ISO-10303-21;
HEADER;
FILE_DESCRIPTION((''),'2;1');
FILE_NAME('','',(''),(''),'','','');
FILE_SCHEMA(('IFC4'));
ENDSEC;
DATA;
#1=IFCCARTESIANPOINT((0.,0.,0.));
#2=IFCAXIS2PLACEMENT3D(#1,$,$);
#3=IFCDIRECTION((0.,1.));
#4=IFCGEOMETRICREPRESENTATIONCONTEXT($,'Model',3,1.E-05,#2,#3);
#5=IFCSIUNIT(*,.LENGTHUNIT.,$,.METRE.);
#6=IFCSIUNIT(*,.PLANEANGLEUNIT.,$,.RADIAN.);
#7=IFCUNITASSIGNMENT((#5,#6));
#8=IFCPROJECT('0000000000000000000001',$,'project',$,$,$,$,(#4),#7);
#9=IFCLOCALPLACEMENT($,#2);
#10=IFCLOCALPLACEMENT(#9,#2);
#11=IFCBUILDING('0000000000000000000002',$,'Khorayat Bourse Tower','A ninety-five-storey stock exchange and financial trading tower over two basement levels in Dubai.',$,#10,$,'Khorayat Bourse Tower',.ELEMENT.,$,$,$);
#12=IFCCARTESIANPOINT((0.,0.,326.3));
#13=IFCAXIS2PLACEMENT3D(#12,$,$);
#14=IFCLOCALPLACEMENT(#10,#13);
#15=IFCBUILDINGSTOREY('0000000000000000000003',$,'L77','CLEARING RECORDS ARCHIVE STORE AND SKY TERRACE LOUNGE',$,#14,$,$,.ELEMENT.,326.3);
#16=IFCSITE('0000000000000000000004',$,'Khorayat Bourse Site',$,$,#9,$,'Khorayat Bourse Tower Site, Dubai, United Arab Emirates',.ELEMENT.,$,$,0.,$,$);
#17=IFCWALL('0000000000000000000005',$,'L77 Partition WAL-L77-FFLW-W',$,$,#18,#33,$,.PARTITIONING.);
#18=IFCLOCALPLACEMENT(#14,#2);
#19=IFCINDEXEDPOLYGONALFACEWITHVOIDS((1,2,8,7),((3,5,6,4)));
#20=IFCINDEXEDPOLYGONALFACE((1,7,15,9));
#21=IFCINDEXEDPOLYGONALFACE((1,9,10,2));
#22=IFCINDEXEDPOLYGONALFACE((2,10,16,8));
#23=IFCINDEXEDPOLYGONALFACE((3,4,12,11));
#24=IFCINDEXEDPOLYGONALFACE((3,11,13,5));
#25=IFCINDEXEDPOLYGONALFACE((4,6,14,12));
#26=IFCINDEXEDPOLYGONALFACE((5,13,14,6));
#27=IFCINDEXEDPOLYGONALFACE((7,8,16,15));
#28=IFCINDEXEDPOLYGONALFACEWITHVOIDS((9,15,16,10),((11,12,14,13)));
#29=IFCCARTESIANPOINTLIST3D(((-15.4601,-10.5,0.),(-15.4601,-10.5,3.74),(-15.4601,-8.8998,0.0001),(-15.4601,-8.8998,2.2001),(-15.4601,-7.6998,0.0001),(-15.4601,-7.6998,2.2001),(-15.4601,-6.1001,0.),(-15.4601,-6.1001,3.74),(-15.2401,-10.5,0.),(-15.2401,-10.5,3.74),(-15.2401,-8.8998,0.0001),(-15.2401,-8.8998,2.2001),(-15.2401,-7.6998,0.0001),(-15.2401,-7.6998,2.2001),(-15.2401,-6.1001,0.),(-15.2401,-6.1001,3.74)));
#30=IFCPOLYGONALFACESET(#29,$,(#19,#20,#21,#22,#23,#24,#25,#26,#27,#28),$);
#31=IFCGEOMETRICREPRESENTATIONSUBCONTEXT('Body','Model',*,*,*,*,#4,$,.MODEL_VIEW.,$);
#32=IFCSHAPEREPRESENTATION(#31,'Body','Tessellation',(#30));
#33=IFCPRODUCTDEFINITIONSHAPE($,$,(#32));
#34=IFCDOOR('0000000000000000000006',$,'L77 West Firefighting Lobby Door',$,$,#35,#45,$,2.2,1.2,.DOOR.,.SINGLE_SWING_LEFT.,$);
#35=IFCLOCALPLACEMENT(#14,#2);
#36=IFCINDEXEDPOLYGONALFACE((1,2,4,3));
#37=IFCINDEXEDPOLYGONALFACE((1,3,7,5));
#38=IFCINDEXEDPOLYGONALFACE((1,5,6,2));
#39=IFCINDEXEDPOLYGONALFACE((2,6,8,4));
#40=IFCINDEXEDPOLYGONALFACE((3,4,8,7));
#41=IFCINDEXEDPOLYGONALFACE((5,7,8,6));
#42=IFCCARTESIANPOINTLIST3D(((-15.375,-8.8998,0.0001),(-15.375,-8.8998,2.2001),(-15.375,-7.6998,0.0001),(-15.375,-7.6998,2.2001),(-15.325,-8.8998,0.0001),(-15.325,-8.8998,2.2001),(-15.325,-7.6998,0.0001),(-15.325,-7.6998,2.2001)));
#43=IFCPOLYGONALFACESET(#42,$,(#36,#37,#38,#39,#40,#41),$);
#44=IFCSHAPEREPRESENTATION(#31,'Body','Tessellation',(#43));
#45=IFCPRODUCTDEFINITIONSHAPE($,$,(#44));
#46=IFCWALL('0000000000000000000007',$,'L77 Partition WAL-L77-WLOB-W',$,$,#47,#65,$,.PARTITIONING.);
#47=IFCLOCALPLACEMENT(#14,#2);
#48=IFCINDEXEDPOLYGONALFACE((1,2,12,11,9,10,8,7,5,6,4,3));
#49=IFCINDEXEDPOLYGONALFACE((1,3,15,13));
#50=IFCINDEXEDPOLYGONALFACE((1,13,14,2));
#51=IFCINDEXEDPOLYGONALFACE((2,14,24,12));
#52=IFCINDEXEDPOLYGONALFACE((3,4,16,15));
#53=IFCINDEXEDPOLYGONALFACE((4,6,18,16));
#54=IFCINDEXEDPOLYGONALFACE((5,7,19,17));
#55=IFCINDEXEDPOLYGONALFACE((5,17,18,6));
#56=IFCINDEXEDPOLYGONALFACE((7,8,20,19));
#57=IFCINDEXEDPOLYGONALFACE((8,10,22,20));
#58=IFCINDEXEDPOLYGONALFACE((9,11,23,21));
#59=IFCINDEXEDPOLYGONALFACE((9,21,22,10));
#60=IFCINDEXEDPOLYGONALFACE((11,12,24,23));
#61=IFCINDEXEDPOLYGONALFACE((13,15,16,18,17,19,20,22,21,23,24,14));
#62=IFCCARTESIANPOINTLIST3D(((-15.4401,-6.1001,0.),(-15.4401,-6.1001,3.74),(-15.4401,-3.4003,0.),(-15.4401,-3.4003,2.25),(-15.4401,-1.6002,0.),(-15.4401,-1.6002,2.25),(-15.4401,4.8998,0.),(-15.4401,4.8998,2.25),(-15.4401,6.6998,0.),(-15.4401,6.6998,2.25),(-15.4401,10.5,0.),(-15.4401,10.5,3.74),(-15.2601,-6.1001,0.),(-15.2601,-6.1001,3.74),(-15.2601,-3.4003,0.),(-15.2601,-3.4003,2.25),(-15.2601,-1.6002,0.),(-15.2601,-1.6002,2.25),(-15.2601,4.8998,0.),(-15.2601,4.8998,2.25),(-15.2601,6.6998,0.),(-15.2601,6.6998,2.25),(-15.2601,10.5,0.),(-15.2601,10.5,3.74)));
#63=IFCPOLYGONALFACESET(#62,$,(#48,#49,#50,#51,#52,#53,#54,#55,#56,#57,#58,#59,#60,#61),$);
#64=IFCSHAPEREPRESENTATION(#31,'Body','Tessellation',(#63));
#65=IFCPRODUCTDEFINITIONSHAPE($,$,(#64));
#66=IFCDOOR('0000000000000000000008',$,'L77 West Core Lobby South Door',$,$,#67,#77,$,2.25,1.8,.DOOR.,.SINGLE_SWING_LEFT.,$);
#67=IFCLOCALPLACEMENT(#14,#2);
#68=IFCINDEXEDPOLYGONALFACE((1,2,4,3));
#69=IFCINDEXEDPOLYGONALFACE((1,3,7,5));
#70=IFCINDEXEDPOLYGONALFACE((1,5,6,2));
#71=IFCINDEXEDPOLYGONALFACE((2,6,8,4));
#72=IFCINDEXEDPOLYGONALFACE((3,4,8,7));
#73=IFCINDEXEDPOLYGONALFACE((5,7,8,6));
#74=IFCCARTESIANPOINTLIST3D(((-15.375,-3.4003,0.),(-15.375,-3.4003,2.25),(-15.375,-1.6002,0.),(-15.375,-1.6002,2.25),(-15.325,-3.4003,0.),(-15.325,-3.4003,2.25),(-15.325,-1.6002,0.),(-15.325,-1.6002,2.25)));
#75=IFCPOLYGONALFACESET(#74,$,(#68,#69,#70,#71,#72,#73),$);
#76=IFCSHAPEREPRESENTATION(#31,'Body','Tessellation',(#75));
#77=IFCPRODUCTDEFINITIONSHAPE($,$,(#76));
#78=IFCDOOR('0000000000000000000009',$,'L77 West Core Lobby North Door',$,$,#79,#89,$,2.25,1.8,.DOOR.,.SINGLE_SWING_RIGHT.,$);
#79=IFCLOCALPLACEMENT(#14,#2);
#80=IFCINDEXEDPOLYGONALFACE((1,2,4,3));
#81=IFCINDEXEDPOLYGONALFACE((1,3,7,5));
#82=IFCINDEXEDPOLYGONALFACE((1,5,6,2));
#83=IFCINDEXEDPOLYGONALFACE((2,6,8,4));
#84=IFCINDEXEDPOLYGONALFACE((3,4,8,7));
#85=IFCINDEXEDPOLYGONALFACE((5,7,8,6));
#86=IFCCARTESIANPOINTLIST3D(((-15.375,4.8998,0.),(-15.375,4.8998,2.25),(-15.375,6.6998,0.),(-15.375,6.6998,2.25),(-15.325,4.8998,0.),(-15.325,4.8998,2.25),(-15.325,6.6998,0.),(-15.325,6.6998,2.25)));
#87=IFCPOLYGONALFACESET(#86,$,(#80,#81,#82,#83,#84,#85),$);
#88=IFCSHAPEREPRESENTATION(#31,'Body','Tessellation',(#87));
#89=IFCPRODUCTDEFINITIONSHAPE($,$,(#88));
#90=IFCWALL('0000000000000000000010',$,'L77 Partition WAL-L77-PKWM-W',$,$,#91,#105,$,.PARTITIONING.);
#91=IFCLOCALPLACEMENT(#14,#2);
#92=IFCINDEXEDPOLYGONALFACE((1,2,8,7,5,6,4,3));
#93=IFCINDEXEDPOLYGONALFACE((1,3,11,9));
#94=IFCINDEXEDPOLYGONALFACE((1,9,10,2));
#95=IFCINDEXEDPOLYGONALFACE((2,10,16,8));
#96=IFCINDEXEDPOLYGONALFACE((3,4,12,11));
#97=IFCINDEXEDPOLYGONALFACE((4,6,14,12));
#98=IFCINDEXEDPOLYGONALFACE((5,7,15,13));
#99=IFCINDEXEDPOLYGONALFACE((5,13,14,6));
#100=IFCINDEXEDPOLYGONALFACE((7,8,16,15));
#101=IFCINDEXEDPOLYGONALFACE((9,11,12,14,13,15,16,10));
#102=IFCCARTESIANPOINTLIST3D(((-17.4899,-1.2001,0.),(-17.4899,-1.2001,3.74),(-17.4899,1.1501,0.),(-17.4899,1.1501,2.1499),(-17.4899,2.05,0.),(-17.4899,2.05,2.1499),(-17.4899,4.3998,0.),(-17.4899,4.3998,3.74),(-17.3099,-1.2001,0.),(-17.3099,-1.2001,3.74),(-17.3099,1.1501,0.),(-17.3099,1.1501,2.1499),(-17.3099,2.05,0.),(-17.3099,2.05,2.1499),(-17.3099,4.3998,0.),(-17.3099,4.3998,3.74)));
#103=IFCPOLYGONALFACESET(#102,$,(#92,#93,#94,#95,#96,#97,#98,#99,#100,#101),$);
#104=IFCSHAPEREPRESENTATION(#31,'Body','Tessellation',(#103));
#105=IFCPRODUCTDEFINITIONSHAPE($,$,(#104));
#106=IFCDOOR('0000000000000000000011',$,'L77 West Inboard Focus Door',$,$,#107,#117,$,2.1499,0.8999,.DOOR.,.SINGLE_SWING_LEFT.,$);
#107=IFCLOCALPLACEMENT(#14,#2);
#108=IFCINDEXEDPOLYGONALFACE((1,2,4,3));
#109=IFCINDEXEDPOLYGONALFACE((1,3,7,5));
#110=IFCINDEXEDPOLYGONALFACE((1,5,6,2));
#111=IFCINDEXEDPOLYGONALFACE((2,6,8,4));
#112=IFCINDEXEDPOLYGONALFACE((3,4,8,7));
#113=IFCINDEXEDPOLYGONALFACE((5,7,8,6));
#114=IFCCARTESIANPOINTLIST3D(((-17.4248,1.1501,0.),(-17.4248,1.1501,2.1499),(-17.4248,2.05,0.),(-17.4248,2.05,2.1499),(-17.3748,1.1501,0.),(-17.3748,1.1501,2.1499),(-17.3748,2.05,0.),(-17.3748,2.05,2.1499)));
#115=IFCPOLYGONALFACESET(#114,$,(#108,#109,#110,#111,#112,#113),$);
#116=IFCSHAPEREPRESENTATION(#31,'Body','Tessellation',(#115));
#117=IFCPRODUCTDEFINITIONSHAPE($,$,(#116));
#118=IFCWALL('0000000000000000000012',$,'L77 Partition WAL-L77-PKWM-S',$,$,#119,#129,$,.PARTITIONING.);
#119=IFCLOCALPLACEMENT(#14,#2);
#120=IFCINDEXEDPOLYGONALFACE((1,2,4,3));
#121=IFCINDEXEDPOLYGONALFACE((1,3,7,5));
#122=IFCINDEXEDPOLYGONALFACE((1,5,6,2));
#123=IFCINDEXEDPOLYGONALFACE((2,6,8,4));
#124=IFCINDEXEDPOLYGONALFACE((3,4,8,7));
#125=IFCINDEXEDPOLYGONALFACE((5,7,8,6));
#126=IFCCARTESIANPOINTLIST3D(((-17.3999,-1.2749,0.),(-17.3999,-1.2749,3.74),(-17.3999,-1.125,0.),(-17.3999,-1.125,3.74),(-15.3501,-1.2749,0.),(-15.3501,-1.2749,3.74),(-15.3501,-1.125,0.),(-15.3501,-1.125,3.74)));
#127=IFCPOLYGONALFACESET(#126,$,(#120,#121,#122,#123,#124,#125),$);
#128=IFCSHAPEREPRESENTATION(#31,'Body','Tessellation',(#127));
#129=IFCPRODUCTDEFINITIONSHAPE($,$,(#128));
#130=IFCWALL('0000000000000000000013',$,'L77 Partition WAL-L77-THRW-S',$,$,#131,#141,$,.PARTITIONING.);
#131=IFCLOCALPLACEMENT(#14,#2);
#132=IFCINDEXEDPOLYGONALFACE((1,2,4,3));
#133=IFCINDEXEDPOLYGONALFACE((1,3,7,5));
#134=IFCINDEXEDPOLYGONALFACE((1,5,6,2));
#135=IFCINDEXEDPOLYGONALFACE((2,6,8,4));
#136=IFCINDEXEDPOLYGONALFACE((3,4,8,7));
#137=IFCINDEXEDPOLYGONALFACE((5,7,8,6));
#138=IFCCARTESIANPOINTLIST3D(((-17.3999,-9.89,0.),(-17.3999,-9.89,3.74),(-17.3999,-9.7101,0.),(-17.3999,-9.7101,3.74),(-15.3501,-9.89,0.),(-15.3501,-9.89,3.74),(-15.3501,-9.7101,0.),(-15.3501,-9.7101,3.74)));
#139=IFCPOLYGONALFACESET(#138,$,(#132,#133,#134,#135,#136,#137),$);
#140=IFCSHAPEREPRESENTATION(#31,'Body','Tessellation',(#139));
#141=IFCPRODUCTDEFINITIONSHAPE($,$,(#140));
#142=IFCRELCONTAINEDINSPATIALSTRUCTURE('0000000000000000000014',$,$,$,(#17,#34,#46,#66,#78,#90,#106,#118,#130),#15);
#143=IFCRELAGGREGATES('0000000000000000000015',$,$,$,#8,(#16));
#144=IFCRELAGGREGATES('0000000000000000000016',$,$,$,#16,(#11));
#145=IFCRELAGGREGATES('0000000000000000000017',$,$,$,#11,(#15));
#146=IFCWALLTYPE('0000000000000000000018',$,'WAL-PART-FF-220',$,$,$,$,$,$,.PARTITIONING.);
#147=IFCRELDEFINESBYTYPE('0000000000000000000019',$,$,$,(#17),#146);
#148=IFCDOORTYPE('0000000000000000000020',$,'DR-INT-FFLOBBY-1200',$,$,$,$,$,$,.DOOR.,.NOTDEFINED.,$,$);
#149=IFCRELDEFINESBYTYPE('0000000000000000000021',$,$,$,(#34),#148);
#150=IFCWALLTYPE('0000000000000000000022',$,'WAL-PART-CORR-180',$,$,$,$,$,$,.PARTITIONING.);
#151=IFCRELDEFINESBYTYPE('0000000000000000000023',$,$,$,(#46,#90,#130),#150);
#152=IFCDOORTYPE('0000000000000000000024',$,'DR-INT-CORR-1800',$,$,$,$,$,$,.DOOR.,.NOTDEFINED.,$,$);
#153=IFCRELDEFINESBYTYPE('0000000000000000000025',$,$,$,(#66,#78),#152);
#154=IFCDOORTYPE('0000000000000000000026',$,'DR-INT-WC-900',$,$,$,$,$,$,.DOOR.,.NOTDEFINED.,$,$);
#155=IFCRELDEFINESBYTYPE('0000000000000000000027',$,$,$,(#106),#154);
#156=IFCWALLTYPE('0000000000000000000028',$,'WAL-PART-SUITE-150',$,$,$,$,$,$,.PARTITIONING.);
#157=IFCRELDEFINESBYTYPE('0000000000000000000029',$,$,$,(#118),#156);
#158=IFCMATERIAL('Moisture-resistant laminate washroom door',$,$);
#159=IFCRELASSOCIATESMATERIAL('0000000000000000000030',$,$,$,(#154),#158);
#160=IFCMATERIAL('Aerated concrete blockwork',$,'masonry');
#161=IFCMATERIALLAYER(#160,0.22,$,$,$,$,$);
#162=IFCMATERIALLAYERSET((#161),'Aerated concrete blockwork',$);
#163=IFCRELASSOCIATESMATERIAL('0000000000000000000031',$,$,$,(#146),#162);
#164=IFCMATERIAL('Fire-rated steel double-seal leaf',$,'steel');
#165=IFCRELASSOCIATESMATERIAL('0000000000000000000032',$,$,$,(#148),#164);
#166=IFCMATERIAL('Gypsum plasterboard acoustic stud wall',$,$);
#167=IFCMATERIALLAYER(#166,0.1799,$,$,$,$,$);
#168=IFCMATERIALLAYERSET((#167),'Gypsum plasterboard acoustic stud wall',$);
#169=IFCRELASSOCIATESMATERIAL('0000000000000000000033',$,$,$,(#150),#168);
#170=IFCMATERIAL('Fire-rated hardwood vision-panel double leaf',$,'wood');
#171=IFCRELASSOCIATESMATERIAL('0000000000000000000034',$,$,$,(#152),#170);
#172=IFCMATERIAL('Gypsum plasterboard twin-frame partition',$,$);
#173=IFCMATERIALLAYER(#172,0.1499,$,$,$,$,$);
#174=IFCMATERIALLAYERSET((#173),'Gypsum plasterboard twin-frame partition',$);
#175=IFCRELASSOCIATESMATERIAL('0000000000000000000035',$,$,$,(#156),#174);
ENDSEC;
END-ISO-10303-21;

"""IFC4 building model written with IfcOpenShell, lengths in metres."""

from ifc_helpers import new_model, si_unit, direction, frame, frame_2d, origin, place, context, subcontext, project, spatial, rectangle, extrude, source, transform, mapped, material, layer, layer_set, type_object, element, fill, save


model = new_model("IFC4")

# Units and contexts
model_context = context("Model", 3, precision=1e-05, world=origin(), true_north=direction((0.0, 1.0)))
body_context = subcontext(model_context, "Body", "Model", "MODEL_VIEW")
ifc_project = project(units=[si_unit("LENGTHUNIT", "METRE"), si_unit("PLANEANGLEUNIT", "RADIAN")], contexts=[model_context])

# Site, building, storey
site_placement = place(None, origin())
site = spatial("IfcSite", under=ifc_project, at=site_placement, Name="Khorayat Bourse Site", LongName="Khorayat Bourse Tower Site, Dubai, United Arab Emirates", CompositionType="ELEMENT", RefElevation=0.0)
building_placement = place(site_placement, origin())
building = spatial("IfcBuilding", under=site, at=building_placement, Name="Khorayat Bourse Tower", Description="A ninety-five-storey stock exchange and financial trading tower over two basement levels in Dubai.", LongName="Khorayat Bourse Tower", CompositionType="ELEMENT")
storey_placement = place(building_placement, frame((0.0, 0.0, 326.3)))
storey = spatial("IfcBuildingStorey", under=building, at=storey_placement, Name="L77", Description="CLEARING RECORDS ARCHIVE STORE AND SKY TERRACE LOUNGE", CompositionType="ELEMENT", Elevation=326.3)

# Shared definitions
ifc_material_1 = material(Name="Moisture-resistant laminate washroom door")
door_type_1 = type_object("IfcDoorType", Name="DR-INT-WC-900", OperationType="NOTDEFINED", PredefinedType="DOOR", material=ifc_material_1)
shared_shape_1 = source(origin(), body_context, "Body", "SweptSolid", [
    extrude(rectangle(XDim=0.8999, YDim=2.1499, at=frame_2d((0.45, 1.075))), frame((0.0, 0.0249, 0.0), z_axis=(0.0, -1.0, 0.0), x_axis=(1.0, 0.0, 0.0)), (0.0, 0.0, 1.0), 0.05),
])

# Shared definitions
ifc_material_2 = material(Name="Aerated concrete blockwork", Category="masonry")
ifc_layer_1 = layer(ifc_material_2, 0.22)
ifc_layer_set_1 = layer_set([ifc_layer_1], Name="Aerated concrete blockwork")
wall_type_1 = type_object("IfcWallType", Name="WAL-PART-FF-220", PredefinedType="PARTITIONING", material=ifc_layer_set_1)

# Wall, opening, door
shared_shape_2 = source(origin(), body_context, "Body", "SweptSolid", [
    extrude(rectangle(XDim=4.3999, YDim=0.22, at=frame_2d((2.2, 0.0))), origin(), (0.0, 0.0, 1.0), 3.74),
])
wall_1_placement = place(storey_placement, frame((-15.3501, -10.5, 0.0), z_axis=(0.0, 0.0, 1.0), x_axis=(0.0, 1.0, 0.0)))
wall_1 = element("IfcWall", 1, at=wall_1_placement, inside=storey, type_object=wall_type_1, Name="L77 Partition WAL-L77-FFLW-W", PredefinedType="PARTITIONING", context=body_context, shape_type="MappedRepresentation", body=[
    mapped(shared_shape_2, transform((0.0, 0.0, 0.0), scale=1.0)),
])
shared_shape_3 = source(origin(), body_context, "Body", "SweptSolid", [
    extrude(rectangle(XDim=1.2, YDim=2.2, at=frame_2d((0.6001, 1.1001))), frame((0.0, 0.1199, 0.0), z_axis=(0.0, -1.0, 0.0), x_axis=(1.0, 0.0, 0.0)), (0.0, 0.0, 1.0), 0.24),
])
opening_1_placement = place(wall_1_placement, frame((1.6001, 0.0, 0.0)))
opening_1 = element("IfcOpeningElement", 2, at=opening_1_placement, cuts=wall_1, PredefinedType="OPENING", context=body_context, shape_type="MappedRepresentation", body=[
    mapped(shared_shape_3, transform((0.0, 0.0, 0.0), scale=1.0)),
])
ifc_material_3 = material(Name="Fire-rated steel double-seal leaf", Category="steel")
door_type_2 = type_object("IfcDoorType", Name="DR-INT-FFLOBBY-1200", OperationType="NOTDEFINED", PredefinedType="DOOR", material=ifc_material_3)
shared_shape_4 = source(origin(), body_context, "Body", "SweptSolid", [
    extrude(rectangle(XDim=1.2, YDim=2.2, at=frame_2d((0.6001, 1.1001))), frame((0.0, 0.0249, 0.0), z_axis=(0.0, -1.0, 0.0), x_axis=(1.0, 0.0, 0.0)), (0.0, 0.0, 1.0), 0.05),
])
door_1_placement = place(opening_1_placement, origin())
door_1 = element("IfcDoor", 3, at=door_1_placement, inside=storey, type_object=door_type_2, Name="L77 West Firefighting Lobby Door", OperationType="SINGLE_SWING_LEFT", OverallHeight=2.2, OverallWidth=1.2, PredefinedType="DOOR", context=body_context, shape_type="MappedRepresentation", body=[
    mapped(shared_shape_4, transform((0.0, 0.0, 0.0), scale=1.0)),
])
fill(opening_1, door_1)

# Wall, openings, doors
ifc_material_4 = material(Name="Gypsum plasterboard acoustic stud wall")
ifc_layer_2 = layer(ifc_material_4, 0.1799)
ifc_layer_set_2 = layer_set([ifc_layer_2], Name="Gypsum plasterboard acoustic stud wall")
wall_type_2 = type_object("IfcWallType", Name="WAL-PART-CORR-180", PredefinedType="PARTITIONING", material=ifc_layer_set_2)
shared_shape_5 = source(origin(), body_context, "Body", "SweptSolid", [
    extrude(rectangle(XDim=16.6001, YDim=0.1799, at=frame_2d((8.3, 0.0))), origin(), (0.0, 0.0, 1.0), 3.74),
])
wall_2_placement = place(storey_placement, frame((-15.3501, -6.1001, 0.0), z_axis=(0.0, 0.0, 1.0), x_axis=(0.0, 1.0, 0.0)))
wall_2 = element("IfcWall", 4, at=wall_2_placement, inside=storey, type_object=wall_type_2, Name="L77 Partition WAL-L77-WLOB-W", PredefinedType="PARTITIONING", context=body_context, shape_type="MappedRepresentation", body=[
    mapped(shared_shape_5, transform((0.0, 0.0, 0.0), scale=1.0)),
])
shared_shape_6 = source(origin(), body_context, "Body", "SweptSolid", [
    extrude(rectangle(XDim=1.8, YDim=2.25, at=frame_2d((0.8999, 1.125))), frame((0.0, 0.0999, 0.0), z_axis=(0.0, -1.0, 0.0), x_axis=(1.0, 0.0, 0.0)), (0.0, 0.0, 1.0), 0.2),
])
opening_2_placement = place(wall_2_placement, frame((2.7, 0.0, 0.0)))
opening_2 = element("IfcOpeningElement", 5, at=opening_2_placement, cuts=wall_2, PredefinedType="OPENING", context=body_context, shape_type="MappedRepresentation", body=[
    mapped(shared_shape_6, transform((0.0, 0.0, 0.0), scale=1.0)),
])
opening_3_placement = place(wall_2_placement, frame((11.0, 0.0, 0.0)))
opening_3 = element("IfcOpeningElement", 6, at=opening_3_placement, cuts=wall_2, PredefinedType="OPENING", context=body_context, shape_type="MappedRepresentation", body=[
    mapped(shared_shape_6, transform((0.0, 0.0, 0.0), scale=1.0)),
])
ifc_material_5 = material(Name="Fire-rated hardwood vision-panel double leaf", Category="wood")
door_type_3 = type_object("IfcDoorType", Name="DR-INT-CORR-1800", OperationType="NOTDEFINED", PredefinedType="DOOR", material=ifc_material_5)
shared_shape_7 = source(origin(), body_context, "Body", "SweptSolid", [
    extrude(rectangle(XDim=1.8, YDim=2.25, at=frame_2d((0.8999, 1.125))), frame((0.0, 0.0249, 0.0), z_axis=(0.0, -1.0, 0.0), x_axis=(1.0, 0.0, 0.0)), (0.0, 0.0, 1.0), 0.05),
])
door_2_placement = place(opening_2_placement, origin())
door_2 = element("IfcDoor", 7, at=door_2_placement, inside=storey, type_object=door_type_3, Name="L77 West Core Lobby South Door", OperationType="SINGLE_SWING_LEFT", OverallHeight=2.25, OverallWidth=1.8, PredefinedType="DOOR", context=body_context, shape_type="MappedRepresentation", body=[
    mapped(shared_shape_7, transform((0.0, 0.0, 0.0), scale=1.0)),
])
fill(opening_2, door_2)
door_3_placement = place(opening_3_placement, origin())
door_3 = element("IfcDoor", 8, at=door_3_placement, inside=storey, type_object=door_type_3, Name="L77 West Core Lobby North Door", OperationType="SINGLE_SWING_RIGHT", OverallHeight=2.25, OverallWidth=1.8, PredefinedType="DOOR", context=body_context, shape_type="MappedRepresentation", body=[
    mapped(shared_shape_7, transform((0.0, 0.0, 0.0), scale=1.0)),
])
fill(opening_3, door_3)

# Wall, opening, door
shared_shape_8 = source(origin(), body_context, "Body", "SweptSolid", [
    extrude(rectangle(XDim=5.5999, YDim=0.1799, at=frame_2d((2.7998, 0.0))), origin(), (0.0, 0.0, 1.0), 3.74),
])
wall_3_placement = place(storey_placement, frame((-17.3999, -1.2, 0.0), z_axis=(0.0, 0.0, 1.0), x_axis=(0.0, 1.0, 0.0)))
wall_3 = element("IfcWall", 9, at=wall_3_placement, inside=storey, type_object=wall_type_2, Name="L77 Partition WAL-L77-PKWM-W", PredefinedType="PARTITIONING", context=body_context, shape_type="MappedRepresentation", body=[
    mapped(shared_shape_8, transform((0.0, 0.0, 0.0), scale=1.0)),
])
shared_shape_9 = source(origin(), body_context, "Body", "SweptSolid", [
    extrude(rectangle(XDim=0.8999, YDim=2.1499, at=frame_2d((0.45, 1.075))), frame((0.0, 0.0999, 0.0), z_axis=(0.0, -1.0, 0.0), x_axis=(1.0, 0.0, 0.0)), (0.0, 0.0, 1.0), 0.2),
])
opening_4_placement = place(wall_3_placement, frame((2.3501, 0.0, 0.0)))
opening_4 = element("IfcOpeningElement", 10, at=opening_4_placement, cuts=wall_3, PredefinedType="OPENING", context=body_context, shape_type="MappedRepresentation", body=[
    mapped(shared_shape_9, transform((0.0, 0.0, 0.0), scale=1.0)),
])
door_4_placement = place(opening_4_placement, origin())
door_4 = element("IfcDoor", 11, at=door_4_placement, inside=storey, type_object=door_type_1, Name="L77 West Inboard Focus Door", OperationType="SINGLE_SWING_LEFT", OverallHeight=2.1499, OverallWidth=0.8999, PredefinedType="DOOR", context=body_context, shape_type="MappedRepresentation", body=[
    mapped(shared_shape_1, transform((0.0, 0.0, 0.0), scale=1.0)),
])
fill(opening_4, door_4)

# Walls
ifc_material_6 = material(Name="Gypsum plasterboard twin-frame partition")
ifc_layer_3 = layer(ifc_material_6, 0.1499)
ifc_layer_set_3 = layer_set([ifc_layer_3], Name="Gypsum plasterboard twin-frame partition")
wall_type_3 = type_object("IfcWallType", Name="WAL-PART-SUITE-150", PredefinedType="PARTITIONING", material=ifc_layer_set_3)
shared_shape_10 = source(origin(), body_context, "Body", "SweptSolid", [
    extrude(rectangle(XDim=2.0498, YDim=0.1499, at=frame_2d((1.0249, 0.0))), origin(), (0.0, 0.0, 1.0), 3.74),
])
wall_4_placement = place(storey_placement, frame((-17.3999, -1.2, 0.0), z_axis=(0.0, 0.0, 1.0), x_axis=(1.0, 0.0, 0.0)))
element("IfcWall", 12, at=wall_4_placement, inside=storey, type_object=wall_type_3, Name="L77 Partition WAL-L77-PKWM-S", PredefinedType="PARTITIONING", context=body_context, shape_type="MappedRepresentation", body=[
    mapped(shared_shape_10, transform((0.0, 0.0, 0.0), scale=1.0)),
])
shared_shape_11 = source(origin(), body_context, "Body", "SweptSolid", [
    extrude(rectangle(XDim=2.0498, YDim=0.1799, at=frame_2d((1.0249, 0.0))), origin(), (0.0, 0.0, 1.0), 3.74),
])
wall_5_placement = place(storey_placement, frame((-17.3999, -9.8, 0.0), z_axis=(0.0, 0.0, 1.0), x_axis=(1.0, 0.0, 0.0)))
element("IfcWall", 13, at=wall_5_placement, inside=storey, type_object=wall_type_2, Name="L77 Partition WAL-L77-THRW-S", PredefinedType="PARTITIONING", context=body_context, shape_type="MappedRepresentation", body=[
    mapped(shared_shape_11, transform((0.0, 0.0, 0.0), scale=1.0)),
])

save(model, "model.ifc")
